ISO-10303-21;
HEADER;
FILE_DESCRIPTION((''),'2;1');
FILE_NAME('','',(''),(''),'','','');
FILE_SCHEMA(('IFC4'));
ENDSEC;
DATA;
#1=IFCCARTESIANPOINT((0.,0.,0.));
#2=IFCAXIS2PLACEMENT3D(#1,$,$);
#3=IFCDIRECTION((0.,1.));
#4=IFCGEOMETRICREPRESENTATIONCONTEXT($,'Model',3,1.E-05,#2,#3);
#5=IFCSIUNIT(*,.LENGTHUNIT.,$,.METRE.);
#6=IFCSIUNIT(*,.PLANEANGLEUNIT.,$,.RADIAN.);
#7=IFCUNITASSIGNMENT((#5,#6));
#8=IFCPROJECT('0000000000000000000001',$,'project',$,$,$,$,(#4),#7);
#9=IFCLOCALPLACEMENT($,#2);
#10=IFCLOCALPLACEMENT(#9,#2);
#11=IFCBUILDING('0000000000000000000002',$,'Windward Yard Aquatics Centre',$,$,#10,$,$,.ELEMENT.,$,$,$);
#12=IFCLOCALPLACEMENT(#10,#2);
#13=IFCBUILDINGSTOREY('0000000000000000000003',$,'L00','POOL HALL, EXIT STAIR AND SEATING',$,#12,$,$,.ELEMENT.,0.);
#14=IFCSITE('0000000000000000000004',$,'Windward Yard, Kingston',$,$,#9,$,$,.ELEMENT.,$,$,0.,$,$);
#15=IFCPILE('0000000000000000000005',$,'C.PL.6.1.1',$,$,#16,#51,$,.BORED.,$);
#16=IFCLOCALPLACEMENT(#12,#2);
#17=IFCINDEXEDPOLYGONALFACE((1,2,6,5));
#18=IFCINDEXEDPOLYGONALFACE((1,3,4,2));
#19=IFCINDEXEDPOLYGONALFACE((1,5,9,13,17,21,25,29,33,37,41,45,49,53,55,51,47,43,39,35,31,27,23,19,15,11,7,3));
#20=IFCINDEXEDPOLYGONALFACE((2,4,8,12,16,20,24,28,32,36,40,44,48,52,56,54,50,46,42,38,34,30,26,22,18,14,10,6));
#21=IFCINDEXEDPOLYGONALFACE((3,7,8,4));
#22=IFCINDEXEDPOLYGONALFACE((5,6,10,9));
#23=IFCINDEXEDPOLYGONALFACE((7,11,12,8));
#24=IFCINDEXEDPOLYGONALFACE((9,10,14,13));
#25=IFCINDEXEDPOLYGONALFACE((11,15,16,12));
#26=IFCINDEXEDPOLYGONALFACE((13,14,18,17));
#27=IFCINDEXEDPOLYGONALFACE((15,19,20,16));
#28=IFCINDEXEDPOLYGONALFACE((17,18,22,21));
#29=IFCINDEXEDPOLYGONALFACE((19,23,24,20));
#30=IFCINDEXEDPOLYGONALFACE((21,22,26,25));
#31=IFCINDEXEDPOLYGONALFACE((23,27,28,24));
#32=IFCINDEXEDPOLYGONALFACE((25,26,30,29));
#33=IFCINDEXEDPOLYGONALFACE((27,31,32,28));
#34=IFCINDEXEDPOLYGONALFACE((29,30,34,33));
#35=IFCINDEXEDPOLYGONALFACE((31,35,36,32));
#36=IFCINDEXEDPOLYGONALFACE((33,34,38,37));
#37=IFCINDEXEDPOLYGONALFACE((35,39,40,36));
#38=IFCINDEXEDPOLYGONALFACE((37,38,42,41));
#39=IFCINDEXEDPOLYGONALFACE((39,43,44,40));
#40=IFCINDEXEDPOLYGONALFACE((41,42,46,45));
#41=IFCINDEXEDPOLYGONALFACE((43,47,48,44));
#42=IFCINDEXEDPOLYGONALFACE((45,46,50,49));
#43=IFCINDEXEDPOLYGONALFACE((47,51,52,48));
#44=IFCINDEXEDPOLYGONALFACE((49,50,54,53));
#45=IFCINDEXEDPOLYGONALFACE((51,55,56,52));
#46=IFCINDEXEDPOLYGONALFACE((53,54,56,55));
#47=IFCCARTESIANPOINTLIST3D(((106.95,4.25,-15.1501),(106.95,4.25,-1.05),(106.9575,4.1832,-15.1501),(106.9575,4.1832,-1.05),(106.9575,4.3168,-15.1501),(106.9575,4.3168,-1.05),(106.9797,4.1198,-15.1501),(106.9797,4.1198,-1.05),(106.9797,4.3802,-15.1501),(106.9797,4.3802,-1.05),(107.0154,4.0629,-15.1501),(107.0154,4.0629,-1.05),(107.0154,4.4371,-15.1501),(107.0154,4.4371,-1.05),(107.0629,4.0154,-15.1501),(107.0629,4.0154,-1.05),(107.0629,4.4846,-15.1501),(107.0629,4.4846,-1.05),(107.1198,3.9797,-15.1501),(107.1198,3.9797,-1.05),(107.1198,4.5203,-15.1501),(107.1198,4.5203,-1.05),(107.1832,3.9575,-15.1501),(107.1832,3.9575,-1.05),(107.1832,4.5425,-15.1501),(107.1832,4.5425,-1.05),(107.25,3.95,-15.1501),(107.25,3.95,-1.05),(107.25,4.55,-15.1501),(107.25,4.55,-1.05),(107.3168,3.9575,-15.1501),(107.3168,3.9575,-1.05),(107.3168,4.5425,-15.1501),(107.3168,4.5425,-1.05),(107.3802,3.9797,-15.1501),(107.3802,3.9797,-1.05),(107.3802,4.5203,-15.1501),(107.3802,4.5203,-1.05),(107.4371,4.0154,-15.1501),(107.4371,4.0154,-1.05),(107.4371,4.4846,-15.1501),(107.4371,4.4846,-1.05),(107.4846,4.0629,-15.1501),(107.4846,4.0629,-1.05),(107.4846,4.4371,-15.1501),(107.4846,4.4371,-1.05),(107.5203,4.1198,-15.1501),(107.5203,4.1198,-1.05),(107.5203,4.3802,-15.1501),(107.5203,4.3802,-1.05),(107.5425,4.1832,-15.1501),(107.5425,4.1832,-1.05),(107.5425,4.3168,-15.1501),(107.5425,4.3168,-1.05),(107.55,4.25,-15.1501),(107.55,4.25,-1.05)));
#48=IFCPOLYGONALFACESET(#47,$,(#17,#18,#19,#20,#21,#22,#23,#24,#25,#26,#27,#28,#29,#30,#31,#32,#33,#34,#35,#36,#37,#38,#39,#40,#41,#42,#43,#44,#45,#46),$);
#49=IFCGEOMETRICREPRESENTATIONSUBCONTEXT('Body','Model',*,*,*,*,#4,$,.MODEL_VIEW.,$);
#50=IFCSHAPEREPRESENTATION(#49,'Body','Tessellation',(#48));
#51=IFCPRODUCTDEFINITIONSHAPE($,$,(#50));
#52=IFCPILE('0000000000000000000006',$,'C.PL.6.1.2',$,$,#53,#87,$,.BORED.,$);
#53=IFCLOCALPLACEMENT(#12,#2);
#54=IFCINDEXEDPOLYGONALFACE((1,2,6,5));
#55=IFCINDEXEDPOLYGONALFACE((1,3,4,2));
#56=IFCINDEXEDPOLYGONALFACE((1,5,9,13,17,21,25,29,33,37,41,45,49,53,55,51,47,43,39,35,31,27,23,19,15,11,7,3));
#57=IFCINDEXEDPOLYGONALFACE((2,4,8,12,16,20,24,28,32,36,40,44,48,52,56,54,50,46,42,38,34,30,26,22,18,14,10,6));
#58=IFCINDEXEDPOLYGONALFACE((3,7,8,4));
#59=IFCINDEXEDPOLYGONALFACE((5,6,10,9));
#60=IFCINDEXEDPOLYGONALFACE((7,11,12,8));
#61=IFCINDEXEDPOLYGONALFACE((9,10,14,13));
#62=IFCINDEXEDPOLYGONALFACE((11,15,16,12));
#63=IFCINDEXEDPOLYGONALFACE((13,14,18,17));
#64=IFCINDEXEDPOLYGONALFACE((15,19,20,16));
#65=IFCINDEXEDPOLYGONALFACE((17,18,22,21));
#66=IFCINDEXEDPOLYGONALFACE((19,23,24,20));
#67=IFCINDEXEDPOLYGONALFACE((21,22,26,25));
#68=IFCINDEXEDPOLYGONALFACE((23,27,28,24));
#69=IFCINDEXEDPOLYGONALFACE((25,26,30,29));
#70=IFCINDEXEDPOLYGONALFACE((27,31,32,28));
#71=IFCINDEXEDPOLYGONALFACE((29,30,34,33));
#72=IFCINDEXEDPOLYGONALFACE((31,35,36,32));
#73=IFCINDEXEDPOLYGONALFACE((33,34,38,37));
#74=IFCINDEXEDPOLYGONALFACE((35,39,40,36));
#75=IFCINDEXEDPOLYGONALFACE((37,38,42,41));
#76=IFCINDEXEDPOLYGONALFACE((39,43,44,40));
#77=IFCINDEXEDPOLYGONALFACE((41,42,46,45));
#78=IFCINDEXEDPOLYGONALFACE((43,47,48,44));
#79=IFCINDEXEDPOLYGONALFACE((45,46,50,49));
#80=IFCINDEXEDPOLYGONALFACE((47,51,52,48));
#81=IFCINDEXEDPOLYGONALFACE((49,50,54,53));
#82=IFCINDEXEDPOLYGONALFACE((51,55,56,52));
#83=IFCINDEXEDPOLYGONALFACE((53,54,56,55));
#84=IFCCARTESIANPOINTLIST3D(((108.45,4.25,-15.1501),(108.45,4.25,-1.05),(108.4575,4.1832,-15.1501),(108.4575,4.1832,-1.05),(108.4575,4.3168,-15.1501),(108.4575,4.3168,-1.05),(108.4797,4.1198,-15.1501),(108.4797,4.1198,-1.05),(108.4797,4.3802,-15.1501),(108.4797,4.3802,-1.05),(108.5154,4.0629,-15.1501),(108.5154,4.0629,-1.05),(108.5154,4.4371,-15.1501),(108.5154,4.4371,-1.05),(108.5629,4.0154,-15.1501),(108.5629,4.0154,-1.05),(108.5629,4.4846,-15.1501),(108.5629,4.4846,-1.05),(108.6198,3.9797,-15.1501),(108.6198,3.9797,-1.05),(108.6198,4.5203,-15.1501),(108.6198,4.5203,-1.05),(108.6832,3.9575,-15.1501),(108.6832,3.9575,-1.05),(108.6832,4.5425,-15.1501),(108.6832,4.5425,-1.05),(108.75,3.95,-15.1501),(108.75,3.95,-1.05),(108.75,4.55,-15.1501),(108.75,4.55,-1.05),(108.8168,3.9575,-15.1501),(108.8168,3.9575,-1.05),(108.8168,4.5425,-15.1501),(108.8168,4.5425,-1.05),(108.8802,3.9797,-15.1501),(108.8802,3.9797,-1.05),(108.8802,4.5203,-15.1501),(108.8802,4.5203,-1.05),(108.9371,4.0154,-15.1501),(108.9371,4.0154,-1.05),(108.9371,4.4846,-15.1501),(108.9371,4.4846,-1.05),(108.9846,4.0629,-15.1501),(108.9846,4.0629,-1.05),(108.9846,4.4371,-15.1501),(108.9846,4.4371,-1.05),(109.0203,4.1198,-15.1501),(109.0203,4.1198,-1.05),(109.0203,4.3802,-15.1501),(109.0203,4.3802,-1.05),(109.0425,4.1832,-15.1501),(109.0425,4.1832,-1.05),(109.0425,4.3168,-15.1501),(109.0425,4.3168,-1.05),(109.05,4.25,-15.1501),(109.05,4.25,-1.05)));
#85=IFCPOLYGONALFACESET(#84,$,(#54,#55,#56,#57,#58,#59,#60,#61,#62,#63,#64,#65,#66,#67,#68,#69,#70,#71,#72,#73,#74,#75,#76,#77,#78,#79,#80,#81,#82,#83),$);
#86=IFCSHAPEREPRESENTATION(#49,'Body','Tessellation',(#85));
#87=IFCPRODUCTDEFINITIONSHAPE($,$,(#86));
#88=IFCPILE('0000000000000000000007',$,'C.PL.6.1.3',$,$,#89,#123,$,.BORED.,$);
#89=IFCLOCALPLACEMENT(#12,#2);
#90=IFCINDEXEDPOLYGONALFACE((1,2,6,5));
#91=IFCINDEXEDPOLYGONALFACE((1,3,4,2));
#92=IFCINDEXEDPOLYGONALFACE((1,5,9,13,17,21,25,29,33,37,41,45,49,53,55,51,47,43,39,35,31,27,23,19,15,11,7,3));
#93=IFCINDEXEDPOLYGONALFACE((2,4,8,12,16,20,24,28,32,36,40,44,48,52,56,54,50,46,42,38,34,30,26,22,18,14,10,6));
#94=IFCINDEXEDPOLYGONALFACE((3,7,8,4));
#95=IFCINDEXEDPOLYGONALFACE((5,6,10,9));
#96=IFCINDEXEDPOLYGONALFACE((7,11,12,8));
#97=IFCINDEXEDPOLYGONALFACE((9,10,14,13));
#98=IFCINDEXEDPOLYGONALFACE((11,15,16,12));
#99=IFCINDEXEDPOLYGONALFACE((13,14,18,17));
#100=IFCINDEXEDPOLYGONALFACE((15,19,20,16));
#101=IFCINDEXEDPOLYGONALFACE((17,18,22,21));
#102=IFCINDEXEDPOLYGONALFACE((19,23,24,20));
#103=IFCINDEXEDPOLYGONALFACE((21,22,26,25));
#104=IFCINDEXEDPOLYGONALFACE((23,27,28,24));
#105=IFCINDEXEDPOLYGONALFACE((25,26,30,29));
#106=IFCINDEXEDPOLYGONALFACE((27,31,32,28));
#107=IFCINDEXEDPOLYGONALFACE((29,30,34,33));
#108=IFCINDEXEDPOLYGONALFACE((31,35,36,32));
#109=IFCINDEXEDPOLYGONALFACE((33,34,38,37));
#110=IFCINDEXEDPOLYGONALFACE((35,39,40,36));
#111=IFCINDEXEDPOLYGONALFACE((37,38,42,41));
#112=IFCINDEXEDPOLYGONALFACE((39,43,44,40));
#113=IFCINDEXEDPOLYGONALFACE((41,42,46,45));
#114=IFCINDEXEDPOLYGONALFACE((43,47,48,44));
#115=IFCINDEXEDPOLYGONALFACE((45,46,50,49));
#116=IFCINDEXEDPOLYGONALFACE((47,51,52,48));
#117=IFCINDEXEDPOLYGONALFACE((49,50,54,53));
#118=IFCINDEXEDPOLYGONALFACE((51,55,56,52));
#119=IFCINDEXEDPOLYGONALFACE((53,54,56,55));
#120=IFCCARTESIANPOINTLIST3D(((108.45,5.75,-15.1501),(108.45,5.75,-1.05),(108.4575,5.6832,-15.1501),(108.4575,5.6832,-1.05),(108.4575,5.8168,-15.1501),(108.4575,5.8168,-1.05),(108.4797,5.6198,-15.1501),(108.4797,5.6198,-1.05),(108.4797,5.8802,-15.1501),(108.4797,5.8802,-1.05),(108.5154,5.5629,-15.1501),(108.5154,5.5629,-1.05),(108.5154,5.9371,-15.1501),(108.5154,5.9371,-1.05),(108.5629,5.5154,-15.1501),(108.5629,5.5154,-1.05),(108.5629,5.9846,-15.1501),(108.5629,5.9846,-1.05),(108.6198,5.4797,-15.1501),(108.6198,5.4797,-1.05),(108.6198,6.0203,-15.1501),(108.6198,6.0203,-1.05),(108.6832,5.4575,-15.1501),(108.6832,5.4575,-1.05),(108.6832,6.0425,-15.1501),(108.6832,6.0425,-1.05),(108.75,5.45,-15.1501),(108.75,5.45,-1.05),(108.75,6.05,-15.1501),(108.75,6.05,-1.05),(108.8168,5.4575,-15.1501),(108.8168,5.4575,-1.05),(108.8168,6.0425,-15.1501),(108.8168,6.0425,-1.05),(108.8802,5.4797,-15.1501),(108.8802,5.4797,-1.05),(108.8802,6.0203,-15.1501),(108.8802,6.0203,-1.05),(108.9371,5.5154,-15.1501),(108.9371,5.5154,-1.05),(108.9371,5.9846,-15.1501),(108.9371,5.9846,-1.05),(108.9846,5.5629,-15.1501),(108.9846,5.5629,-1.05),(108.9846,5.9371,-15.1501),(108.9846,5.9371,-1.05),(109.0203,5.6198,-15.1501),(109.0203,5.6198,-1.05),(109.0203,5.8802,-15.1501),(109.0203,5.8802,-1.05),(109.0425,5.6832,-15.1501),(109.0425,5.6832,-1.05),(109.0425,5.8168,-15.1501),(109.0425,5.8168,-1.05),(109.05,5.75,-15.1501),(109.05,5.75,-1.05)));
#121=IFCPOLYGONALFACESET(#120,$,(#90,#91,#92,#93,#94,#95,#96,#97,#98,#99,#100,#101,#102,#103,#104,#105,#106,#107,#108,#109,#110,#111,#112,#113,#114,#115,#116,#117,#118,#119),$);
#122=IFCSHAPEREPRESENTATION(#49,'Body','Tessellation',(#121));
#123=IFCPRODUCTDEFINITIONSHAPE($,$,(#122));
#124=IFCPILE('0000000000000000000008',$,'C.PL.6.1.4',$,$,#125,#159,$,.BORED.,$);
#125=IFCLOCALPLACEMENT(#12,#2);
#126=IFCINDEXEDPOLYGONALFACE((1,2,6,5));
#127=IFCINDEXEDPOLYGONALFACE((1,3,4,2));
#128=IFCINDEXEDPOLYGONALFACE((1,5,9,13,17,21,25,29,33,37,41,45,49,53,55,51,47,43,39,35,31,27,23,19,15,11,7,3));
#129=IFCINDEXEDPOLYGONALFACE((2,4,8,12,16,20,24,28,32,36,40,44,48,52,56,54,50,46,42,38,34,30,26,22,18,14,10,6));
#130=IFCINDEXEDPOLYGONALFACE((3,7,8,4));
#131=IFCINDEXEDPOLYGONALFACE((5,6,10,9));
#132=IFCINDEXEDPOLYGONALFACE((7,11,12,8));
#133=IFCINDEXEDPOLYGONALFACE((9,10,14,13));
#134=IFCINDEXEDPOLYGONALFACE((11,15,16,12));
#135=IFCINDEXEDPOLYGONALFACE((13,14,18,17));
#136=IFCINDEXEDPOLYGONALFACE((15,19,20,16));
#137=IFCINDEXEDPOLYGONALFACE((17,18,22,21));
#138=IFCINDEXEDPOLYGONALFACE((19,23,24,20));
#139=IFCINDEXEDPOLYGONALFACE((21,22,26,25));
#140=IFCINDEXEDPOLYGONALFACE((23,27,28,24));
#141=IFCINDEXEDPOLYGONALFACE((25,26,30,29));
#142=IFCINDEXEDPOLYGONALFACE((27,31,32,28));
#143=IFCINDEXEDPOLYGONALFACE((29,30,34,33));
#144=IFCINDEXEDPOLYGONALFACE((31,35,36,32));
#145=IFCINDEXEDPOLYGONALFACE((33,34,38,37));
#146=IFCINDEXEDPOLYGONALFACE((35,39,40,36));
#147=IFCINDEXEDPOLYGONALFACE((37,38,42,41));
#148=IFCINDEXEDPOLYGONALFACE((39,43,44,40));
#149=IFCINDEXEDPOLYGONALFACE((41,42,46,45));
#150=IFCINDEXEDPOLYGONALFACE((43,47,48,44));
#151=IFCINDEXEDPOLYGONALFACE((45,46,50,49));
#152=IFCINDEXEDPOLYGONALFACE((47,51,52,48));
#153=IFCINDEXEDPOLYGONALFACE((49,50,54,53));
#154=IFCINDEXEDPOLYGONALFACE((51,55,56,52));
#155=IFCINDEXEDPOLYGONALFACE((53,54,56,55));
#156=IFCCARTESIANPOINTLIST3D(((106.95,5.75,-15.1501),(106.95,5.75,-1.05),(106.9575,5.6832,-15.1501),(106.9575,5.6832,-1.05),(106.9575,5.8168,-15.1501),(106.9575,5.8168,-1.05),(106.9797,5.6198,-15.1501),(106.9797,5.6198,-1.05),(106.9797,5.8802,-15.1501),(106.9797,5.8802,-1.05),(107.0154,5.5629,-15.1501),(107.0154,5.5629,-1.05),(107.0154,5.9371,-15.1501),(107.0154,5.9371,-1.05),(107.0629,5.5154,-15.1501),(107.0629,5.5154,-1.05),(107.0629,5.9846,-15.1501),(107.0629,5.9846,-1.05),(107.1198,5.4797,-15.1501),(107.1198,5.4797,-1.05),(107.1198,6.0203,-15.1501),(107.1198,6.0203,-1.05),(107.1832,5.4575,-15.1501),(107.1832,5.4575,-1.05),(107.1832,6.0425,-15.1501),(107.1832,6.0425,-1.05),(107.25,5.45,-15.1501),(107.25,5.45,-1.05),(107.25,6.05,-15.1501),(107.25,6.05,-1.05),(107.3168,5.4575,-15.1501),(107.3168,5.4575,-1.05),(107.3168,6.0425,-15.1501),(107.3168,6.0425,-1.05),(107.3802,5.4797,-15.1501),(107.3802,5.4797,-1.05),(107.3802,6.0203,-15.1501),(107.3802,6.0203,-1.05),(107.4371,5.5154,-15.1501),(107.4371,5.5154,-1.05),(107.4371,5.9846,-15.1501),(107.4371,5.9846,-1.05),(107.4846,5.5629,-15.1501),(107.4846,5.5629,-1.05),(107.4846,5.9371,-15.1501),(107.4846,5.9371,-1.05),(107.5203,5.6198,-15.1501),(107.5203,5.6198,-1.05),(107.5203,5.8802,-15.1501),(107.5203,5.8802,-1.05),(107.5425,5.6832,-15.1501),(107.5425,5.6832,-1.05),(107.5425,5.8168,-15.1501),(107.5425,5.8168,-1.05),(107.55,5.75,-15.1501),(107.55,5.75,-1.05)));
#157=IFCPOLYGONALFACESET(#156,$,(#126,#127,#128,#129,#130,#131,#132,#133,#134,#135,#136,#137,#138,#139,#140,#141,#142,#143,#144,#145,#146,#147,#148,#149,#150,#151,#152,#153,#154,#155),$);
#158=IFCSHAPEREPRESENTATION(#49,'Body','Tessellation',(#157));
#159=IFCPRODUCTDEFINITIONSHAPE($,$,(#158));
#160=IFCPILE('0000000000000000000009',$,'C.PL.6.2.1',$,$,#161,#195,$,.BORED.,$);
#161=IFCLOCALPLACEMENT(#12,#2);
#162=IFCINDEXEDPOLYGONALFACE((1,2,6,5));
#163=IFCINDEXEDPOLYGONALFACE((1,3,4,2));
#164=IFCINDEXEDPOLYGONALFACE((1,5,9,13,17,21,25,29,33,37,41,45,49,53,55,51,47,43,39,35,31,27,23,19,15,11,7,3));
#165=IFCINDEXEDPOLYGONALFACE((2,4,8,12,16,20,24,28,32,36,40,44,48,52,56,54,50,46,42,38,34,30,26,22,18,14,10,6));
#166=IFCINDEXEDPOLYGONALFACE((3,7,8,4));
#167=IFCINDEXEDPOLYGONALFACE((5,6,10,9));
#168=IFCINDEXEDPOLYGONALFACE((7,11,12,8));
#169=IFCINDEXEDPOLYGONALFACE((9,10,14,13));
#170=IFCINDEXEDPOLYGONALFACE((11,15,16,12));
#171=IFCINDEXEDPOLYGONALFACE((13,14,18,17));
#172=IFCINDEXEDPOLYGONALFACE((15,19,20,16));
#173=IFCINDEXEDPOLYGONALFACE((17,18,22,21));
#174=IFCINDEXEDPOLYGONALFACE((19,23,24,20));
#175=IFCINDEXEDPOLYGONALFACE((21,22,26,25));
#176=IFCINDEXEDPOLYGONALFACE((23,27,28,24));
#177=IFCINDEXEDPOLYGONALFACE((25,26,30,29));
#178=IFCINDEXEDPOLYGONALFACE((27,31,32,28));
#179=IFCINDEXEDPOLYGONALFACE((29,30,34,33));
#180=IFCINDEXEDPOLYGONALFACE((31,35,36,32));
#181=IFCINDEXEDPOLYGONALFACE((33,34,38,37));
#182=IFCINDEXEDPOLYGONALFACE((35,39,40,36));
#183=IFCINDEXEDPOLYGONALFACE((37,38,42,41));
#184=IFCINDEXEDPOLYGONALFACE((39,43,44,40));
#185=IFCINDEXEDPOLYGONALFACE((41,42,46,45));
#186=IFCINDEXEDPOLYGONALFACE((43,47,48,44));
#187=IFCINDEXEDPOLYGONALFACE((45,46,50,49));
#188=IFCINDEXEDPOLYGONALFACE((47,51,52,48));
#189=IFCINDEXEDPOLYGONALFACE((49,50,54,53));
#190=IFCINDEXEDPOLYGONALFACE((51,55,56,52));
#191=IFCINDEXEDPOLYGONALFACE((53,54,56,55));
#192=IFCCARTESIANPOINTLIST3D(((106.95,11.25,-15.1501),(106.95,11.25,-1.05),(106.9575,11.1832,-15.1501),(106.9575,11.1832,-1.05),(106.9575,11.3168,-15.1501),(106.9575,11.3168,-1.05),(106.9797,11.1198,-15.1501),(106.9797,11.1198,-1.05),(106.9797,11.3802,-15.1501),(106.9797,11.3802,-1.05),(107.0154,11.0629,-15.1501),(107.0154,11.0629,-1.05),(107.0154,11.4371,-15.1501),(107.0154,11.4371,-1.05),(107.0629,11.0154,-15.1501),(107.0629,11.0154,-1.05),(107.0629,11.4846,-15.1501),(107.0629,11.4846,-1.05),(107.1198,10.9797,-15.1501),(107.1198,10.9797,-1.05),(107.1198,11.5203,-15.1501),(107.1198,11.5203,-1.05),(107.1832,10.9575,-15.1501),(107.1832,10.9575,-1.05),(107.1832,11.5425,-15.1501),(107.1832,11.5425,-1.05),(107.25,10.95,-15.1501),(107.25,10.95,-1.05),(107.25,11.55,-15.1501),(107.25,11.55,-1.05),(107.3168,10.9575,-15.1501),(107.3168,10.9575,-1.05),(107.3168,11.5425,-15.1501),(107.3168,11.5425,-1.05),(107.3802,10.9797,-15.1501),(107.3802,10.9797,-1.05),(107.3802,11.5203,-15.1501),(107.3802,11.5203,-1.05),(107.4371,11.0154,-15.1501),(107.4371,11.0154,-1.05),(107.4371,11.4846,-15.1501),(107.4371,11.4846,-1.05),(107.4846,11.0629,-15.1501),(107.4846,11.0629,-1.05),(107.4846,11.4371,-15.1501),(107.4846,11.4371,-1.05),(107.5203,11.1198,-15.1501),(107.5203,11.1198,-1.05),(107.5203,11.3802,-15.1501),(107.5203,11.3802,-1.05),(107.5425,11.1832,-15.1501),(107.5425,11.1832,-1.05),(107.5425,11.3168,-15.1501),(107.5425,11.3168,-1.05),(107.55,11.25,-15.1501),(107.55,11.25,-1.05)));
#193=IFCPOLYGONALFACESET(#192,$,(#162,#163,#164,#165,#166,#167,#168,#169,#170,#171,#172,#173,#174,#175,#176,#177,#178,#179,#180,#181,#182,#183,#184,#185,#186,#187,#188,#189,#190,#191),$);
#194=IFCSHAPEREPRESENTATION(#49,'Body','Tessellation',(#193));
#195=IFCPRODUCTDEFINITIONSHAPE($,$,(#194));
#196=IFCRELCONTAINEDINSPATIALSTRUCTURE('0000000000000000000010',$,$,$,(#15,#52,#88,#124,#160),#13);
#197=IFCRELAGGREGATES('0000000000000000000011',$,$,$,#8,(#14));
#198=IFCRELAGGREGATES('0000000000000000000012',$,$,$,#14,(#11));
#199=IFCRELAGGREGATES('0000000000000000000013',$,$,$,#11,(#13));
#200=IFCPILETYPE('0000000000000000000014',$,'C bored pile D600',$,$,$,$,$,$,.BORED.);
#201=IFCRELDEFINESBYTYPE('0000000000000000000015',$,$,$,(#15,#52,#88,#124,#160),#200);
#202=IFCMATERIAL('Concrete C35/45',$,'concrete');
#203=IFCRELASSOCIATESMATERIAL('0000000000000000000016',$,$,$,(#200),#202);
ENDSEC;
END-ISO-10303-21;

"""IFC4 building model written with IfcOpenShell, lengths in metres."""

from ifc_helpers import new_model, si_unit, direction, frame, origin, origin_2d, place, context, subcontext, project, spatial, circle, extrude, material, material_profile, profile_set, type_object, element, save


model = new_model("IFC4")

# Units and contexts
model_context = context("Model", 3, precision=1e-05, world=origin(), true_north=direction((0.0, 1.0)))
body_context = subcontext(model_context, "Body", "Model", "MODEL_VIEW")
ifc_project = project(units=[si_unit("LENGTHUNIT", "METRE"), si_unit("PLANEANGLEUNIT", "RADIAN")], contexts=[model_context])

# Site, building, storey
site_placement = place(None, origin())
site = spatial("IfcSite", under=ifc_project, at=site_placement, Name="Windward Yard, Kingston", CompositionType="ELEMENT", RefElevation=0.0)
building_placement = place(site_placement, origin())
building = spatial("IfcBuilding", under=site, at=building_placement, Name="Windward Yard Aquatics Centre", CompositionType="ELEMENT")
storey_placement = place(building_placement, origin())
storey = spatial("IfcBuildingStorey", under=building, at=storey_placement, Name="L00", Description="POOL HALL, EXIT STAIR AND SEATING", CompositionType="ELEMENT", Elevation=0.0)

# Piles
ifc_material_1 = material(Name="Concrete C35/45", Category="concrete")
ifc_material_profile_1 = material_profile(ifc_material_1, circle(Radius=0.3, at=origin_2d()), Name="RC D600")
ifc_profile_set_1 = profile_set([ifc_material_profile_1], Name="Concrete C35/45")
pile_type = type_object("IfcPileType", Name="C bored pile D600", PredefinedType="BORED", material=ifc_profile_set_1)
for number, where, z_axis, x_axis, name in (
    (1, (107.25, 4.25, -1.05), (0.0, 0.0, -1.0), (1.0, 0.0, 0.0), "C.PL.6.1.1"),
    (2, (108.75, 4.25, -1.05), (0.0, 0.0, -1.0), (1.0, 0.0, 0.0), "C.PL.6.1.2"),
    (3, (108.75, 5.75, -1.05), (0.0, 0.0, -1.0), (1.0, 0.0, 0.0), "C.PL.6.1.3"),
    (4, (107.25, 5.75, -1.05), (0.0, 0.0, -1.0), (1.0, 0.0, 0.0), "C.PL.6.1.4"),
    (5, (107.25, 11.25, -1.05), (0.0, 0.0, -1.0), (1.0, 0.0, 0.0), "C.PL.6.2.1"),
):
    element("IfcPile", number, at=place(storey_placement, frame(where, z_axis=z_axis, x_axis=x_axis)), inside=storey, type_object=pile_type, Name=name, PredefinedType="BORED", context=body_context, shape_type="SweptSolid", body=[
        extrude(circle(Radius=0.3, at=origin_2d()), origin(), (0.0, 0.0, 1.0), 14.1001),
    ])

save(model, "model.ifc")
